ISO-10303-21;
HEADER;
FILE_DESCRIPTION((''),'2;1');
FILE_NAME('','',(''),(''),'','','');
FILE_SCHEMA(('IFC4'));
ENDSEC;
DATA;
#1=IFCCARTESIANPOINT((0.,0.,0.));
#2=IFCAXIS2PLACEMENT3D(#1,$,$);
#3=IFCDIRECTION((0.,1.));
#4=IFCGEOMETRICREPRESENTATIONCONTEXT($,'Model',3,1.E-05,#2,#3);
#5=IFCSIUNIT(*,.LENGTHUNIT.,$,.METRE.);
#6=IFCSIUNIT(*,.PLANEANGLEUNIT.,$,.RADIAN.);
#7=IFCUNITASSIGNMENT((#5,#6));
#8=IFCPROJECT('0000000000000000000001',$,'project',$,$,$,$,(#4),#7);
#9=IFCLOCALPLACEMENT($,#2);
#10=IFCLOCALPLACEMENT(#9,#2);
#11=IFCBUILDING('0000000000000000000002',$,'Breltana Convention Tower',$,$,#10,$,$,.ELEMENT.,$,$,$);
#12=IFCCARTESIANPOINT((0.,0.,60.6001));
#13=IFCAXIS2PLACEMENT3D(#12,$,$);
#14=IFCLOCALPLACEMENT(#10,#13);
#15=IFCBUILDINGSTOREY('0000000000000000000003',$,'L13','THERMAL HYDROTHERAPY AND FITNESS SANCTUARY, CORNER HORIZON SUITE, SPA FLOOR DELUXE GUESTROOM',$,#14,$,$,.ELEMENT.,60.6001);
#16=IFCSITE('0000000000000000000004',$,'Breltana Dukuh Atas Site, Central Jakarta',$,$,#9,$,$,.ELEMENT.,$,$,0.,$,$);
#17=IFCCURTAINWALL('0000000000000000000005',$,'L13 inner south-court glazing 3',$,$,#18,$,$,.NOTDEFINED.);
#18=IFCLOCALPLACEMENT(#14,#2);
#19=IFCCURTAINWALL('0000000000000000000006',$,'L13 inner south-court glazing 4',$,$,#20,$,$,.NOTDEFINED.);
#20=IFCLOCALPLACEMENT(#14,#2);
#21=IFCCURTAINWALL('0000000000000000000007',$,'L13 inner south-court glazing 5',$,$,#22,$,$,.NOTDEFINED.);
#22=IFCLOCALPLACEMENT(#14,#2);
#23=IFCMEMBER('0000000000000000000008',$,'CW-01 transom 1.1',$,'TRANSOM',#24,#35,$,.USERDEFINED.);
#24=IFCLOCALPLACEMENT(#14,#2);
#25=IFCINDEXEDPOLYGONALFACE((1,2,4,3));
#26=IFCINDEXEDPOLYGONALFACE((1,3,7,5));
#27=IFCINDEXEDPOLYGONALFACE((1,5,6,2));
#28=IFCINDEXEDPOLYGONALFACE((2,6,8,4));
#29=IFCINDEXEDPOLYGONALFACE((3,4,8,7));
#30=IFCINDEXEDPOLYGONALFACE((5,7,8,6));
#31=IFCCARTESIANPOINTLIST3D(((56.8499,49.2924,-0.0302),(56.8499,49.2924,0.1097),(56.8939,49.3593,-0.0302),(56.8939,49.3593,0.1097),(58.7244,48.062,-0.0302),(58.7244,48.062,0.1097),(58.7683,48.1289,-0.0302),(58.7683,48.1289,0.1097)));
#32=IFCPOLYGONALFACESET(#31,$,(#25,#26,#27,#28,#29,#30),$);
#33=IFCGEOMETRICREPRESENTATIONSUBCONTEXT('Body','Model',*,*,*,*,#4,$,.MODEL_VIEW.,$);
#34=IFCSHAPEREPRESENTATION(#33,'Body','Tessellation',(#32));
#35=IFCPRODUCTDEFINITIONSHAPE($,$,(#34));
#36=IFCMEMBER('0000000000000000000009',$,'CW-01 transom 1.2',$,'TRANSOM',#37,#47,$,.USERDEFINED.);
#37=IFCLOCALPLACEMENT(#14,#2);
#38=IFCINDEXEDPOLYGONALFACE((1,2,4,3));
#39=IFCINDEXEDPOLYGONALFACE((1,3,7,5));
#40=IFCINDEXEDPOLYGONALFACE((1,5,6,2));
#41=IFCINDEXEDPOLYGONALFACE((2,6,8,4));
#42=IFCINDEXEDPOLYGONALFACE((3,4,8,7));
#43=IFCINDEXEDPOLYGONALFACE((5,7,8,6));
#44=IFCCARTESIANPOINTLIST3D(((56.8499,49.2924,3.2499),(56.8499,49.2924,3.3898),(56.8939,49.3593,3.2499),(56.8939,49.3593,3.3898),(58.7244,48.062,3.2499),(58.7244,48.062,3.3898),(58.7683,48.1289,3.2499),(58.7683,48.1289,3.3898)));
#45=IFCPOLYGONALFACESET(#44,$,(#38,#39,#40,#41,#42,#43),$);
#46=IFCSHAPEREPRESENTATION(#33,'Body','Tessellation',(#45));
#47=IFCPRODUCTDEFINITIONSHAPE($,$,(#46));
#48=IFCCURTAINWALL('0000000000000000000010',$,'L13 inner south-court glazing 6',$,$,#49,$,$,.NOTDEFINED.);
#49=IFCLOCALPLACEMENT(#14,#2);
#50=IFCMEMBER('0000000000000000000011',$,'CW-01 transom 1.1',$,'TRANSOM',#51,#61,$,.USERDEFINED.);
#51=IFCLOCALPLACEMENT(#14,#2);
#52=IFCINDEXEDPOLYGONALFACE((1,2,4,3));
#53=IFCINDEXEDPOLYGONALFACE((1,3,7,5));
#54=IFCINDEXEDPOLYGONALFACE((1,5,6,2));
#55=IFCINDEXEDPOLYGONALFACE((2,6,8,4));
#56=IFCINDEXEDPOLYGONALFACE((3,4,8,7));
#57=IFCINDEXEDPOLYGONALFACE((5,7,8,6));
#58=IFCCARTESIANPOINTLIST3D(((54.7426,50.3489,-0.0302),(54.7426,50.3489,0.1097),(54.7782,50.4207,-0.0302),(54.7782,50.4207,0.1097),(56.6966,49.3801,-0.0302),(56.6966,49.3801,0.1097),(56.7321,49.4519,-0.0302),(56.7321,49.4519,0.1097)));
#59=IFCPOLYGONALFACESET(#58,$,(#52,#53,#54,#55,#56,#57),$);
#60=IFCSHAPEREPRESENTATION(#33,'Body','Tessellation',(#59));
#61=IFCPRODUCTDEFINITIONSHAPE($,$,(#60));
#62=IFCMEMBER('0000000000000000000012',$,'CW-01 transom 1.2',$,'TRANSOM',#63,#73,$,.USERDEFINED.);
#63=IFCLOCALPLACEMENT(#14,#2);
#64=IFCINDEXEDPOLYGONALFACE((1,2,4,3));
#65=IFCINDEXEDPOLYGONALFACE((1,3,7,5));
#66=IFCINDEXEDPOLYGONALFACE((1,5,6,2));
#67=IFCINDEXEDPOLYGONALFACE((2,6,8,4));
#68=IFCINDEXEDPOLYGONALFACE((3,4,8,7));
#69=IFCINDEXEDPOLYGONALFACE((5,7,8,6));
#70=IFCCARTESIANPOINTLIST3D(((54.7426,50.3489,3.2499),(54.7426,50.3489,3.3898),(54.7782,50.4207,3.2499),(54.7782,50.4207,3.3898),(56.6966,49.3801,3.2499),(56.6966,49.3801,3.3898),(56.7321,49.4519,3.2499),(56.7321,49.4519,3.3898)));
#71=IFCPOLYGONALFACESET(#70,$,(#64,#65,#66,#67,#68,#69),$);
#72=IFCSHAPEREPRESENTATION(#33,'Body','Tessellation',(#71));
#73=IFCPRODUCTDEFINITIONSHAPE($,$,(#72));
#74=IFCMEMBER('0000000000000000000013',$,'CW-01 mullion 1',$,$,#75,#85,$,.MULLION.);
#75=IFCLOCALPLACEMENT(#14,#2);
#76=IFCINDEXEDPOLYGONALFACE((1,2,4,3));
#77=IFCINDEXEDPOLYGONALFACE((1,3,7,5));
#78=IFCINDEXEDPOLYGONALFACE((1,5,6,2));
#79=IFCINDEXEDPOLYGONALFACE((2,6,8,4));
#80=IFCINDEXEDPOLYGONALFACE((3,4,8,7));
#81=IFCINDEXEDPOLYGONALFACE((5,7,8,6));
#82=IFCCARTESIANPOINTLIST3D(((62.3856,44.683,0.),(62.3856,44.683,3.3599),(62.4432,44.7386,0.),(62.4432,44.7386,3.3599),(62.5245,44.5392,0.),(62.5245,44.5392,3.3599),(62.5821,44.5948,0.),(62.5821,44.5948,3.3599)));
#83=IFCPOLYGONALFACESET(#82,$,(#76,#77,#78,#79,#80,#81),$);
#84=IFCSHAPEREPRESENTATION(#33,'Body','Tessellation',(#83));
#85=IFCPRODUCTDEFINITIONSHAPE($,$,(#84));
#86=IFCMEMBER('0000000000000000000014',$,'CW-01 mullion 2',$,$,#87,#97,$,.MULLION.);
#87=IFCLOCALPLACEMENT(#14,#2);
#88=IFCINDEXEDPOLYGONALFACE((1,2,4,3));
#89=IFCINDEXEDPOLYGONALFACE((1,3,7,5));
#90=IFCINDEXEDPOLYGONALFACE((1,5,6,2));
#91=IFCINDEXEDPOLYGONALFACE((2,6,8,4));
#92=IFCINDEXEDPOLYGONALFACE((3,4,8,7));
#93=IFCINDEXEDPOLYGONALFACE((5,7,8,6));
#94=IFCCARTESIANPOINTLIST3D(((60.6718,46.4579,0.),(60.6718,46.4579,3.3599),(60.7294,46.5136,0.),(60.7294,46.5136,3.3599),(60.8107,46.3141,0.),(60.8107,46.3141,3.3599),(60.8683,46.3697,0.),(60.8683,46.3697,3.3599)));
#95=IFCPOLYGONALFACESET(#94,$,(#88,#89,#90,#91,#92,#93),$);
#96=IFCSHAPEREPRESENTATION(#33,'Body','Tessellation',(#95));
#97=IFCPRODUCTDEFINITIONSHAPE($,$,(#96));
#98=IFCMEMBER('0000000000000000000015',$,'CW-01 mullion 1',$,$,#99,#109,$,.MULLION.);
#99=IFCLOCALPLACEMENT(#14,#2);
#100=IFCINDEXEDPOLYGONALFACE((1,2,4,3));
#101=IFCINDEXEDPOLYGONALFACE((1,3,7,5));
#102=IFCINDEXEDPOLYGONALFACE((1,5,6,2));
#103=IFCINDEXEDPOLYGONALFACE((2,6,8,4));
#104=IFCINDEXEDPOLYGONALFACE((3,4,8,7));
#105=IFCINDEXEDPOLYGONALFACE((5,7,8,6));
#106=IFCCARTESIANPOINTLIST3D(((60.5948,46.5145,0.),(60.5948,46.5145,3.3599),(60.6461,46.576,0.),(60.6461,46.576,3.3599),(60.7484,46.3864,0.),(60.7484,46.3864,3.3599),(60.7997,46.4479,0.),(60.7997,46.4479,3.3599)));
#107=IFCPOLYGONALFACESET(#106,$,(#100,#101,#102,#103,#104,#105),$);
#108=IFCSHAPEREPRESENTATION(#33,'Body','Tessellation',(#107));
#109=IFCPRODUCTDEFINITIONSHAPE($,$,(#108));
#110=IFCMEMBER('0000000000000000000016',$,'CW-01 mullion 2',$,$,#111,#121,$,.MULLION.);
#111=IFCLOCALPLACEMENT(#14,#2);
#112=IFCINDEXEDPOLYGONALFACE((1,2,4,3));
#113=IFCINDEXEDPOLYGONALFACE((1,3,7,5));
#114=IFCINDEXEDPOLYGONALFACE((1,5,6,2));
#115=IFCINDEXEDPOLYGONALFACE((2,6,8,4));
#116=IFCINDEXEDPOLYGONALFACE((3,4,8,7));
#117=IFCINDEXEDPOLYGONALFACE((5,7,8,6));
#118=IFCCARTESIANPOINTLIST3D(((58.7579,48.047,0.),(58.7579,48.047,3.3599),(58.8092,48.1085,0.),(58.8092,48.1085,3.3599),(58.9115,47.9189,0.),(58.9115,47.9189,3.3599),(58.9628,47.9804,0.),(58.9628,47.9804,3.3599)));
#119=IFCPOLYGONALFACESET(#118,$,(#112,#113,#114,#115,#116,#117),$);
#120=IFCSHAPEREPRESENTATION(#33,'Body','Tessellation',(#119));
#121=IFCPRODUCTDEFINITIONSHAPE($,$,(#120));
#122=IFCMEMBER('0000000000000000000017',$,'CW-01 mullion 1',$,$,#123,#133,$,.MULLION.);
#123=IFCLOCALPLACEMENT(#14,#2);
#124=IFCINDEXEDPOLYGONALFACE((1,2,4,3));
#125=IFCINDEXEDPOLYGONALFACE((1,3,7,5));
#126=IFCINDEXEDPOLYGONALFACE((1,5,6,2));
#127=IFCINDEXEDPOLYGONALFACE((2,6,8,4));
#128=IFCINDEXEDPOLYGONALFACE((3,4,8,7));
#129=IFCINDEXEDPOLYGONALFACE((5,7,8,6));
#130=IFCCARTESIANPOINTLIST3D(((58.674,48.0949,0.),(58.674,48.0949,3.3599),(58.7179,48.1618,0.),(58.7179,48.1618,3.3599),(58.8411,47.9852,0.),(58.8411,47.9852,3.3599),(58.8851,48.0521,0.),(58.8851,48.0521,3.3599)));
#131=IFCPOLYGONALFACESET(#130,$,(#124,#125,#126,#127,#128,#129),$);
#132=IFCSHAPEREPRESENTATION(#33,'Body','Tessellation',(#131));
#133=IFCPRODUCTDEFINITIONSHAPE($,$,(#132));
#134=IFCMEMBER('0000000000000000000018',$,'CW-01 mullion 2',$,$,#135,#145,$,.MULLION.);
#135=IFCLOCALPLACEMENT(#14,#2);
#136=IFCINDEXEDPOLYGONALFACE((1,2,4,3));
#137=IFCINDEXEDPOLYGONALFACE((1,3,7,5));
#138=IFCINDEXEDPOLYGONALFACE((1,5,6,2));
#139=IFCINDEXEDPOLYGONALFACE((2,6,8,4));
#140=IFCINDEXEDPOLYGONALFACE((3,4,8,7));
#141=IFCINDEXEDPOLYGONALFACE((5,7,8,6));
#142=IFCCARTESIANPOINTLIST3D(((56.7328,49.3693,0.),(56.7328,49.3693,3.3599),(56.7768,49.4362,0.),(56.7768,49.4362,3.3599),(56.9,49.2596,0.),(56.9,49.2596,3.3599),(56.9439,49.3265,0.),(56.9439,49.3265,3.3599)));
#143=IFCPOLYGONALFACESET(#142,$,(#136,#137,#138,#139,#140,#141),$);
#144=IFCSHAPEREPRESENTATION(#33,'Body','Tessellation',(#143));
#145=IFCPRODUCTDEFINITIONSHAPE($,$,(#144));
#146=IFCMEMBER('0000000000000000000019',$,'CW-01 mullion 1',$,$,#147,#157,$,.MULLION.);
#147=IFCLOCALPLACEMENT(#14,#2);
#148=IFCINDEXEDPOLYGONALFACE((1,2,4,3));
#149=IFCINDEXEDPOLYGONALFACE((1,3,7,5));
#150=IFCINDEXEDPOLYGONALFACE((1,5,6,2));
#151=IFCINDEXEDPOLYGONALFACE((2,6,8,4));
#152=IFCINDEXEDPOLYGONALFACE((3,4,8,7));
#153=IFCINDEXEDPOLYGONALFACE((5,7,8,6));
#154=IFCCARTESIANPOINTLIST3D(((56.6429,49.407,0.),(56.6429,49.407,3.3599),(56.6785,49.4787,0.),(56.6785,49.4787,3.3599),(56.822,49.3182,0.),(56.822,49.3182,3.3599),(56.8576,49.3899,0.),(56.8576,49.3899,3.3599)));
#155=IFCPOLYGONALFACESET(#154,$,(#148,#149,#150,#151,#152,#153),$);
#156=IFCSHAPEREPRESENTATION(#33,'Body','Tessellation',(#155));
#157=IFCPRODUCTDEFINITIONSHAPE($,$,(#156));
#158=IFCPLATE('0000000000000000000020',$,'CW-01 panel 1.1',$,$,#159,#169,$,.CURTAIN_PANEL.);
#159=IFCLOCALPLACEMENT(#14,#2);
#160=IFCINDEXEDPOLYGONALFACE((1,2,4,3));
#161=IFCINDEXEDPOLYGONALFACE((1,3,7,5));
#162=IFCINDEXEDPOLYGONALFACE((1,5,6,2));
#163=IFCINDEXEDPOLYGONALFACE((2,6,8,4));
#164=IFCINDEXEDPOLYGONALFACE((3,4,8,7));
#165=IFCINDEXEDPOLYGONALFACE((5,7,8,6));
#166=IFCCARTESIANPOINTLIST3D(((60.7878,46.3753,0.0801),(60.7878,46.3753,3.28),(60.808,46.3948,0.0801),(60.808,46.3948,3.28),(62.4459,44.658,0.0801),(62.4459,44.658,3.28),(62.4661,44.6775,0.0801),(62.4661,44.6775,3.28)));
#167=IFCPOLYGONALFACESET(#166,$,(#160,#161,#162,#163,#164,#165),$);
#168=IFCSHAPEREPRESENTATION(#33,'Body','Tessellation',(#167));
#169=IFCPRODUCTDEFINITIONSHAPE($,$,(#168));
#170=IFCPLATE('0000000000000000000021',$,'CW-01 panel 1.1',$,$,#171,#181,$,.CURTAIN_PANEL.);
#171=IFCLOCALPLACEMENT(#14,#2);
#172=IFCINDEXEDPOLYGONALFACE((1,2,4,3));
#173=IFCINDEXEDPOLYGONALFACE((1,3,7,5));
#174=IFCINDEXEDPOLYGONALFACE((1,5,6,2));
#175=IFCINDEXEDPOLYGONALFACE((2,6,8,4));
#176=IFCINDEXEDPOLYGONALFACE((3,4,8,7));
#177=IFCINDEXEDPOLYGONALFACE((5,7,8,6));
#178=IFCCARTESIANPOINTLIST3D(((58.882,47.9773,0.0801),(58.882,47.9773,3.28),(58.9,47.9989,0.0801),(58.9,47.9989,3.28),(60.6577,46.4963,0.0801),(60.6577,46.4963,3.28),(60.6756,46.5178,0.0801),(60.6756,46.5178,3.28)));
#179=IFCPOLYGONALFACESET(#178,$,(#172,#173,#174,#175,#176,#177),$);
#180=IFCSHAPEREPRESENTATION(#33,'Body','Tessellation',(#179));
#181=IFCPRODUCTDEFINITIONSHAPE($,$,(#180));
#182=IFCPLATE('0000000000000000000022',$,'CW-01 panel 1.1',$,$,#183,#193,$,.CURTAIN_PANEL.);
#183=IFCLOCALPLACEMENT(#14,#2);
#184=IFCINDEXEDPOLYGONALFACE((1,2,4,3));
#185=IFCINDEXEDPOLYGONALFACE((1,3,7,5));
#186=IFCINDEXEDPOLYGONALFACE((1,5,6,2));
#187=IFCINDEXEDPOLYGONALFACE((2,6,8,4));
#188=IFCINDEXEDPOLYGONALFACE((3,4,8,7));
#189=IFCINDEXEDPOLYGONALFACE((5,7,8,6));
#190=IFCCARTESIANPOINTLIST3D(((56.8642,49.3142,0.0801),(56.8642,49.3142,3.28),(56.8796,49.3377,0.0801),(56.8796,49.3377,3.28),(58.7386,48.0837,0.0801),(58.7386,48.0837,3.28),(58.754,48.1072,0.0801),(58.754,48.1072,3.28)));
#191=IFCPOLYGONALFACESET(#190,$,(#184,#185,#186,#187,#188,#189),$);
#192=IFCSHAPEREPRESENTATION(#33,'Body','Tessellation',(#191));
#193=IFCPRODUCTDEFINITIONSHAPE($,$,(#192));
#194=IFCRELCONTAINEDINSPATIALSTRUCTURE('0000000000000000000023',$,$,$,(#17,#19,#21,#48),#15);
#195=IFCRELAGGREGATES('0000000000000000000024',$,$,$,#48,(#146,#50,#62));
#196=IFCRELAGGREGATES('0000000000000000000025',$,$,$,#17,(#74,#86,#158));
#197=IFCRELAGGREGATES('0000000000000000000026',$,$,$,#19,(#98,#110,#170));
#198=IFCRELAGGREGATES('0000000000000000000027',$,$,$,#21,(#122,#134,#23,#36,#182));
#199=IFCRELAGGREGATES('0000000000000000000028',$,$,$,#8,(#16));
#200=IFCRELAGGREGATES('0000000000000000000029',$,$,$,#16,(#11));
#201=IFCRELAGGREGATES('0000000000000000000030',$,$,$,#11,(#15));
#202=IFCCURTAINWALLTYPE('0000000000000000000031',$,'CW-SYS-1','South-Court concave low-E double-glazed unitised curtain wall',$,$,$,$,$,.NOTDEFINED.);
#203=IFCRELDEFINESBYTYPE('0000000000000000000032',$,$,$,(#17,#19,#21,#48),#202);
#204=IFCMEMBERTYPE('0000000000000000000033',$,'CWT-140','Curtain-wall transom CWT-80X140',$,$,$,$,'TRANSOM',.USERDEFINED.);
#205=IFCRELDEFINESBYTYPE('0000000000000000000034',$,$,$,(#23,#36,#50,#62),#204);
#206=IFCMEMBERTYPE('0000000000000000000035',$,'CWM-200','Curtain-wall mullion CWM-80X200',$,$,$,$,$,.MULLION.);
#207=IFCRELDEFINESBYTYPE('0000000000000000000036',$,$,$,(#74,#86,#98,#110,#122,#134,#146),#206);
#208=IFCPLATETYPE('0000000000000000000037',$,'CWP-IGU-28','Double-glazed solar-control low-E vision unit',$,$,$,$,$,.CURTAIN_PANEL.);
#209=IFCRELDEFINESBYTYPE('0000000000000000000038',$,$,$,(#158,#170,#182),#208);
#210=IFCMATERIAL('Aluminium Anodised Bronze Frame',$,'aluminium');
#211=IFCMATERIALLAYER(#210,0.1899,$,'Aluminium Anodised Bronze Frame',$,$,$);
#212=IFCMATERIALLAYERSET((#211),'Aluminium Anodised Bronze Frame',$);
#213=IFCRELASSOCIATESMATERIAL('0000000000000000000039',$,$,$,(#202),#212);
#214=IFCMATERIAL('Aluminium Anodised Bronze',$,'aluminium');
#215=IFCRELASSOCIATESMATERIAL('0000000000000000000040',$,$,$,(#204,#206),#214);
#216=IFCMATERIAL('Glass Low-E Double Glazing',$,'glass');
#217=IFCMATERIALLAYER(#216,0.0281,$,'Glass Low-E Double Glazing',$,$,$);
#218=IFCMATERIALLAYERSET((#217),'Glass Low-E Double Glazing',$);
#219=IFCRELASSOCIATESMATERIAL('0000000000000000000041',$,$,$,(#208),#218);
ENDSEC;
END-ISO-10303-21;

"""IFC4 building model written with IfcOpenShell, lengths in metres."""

from ifc_helpers import new_model, si_unit, direction, frame, origin, origin_2d, place, context, subcontext, project, spatial, rectangle, extrude, source, transform, mapped, material, layer, layer_set, material_profile, profile_set, type_object, element, aggregate, save


model = new_model("IFC4")

# Units and contexts
model_context = context("Model", 3, precision=1e-05, world=origin(), true_north=direction((0.0, 1.0)))
body_context = subcontext(model_context, "Body", "Model", "MODEL_VIEW")
ifc_project = project(units=[si_unit("LENGTHUNIT", "METRE"), si_unit("PLANEANGLEUNIT", "RADIAN")], contexts=[model_context])

# Site, building, storey
site_placement = place(None, origin())
site = spatial("IfcSite", under=ifc_project, at=site_placement, Name="Breltana Dukuh Atas Site, Central Jakarta", CompositionType="ELEMENT", RefElevation=0.0)
building_placement = place(site_placement, origin())
building = spatial("IfcBuilding", under=site, at=building_placement, Name="Breltana Convention Tower", CompositionType="ELEMENT")
storey_placement = place(building_placement, frame((0.0, 0.0, 60.6001)))
storey = spatial("IfcBuildingStorey", under=building, at=storey_placement, Name="L13", Description="THERMAL HYDROTHERAPY AND FITNESS SANCTUARY, CORNER HORIZON SUITE, SPA FLOOR DELUXE GUESTROOM", CompositionType="ELEMENT", Elevation=60.6001)

# Curtain walls, members
ifc_material_1 = material(Name="Aluminium Anodised Bronze Frame", Category="aluminium")
ifc_layer_1 = layer(ifc_material_1, 0.1899, Name="Aluminium Anodised Bronze Frame")
ifc_layer_set_1 = layer_set([ifc_layer_1], Name="Aluminium Anodised Bronze Frame")
curtain_wall_type = type_object("IfcCurtainWallType", Name="CW-SYS-1", Description="South-Court concave low-E double-glazed unitised curtain wall", PredefinedType="NOTDEFINED", material=ifc_layer_set_1)
curtain_wall_1_placement = place(storey_placement, origin())
curtain_wall_1 = element("IfcCurtainWall", 1, at=curtain_wall_1_placement, inside=storey, type_object=curtain_wall_type, Name="L13 inner south-court glazing 3", PredefinedType="NOTDEFINED")
ifc_material_2 = material(Name="Aluminium Anodised Bronze", Category="aluminium")
ifc_material_profile_1 = material_profile(ifc_material_2, rectangle(XDim=0.0801, YDim=0.1399, at=origin_2d()), Name="CWT-80X140")
ifc_profile_set_1 = profile_set([ifc_material_profile_1], Name="Aluminium Anodised Bronze")
member_type_1 = type_object("IfcMemberType", Name="CWT-140", Description="Curtain-wall transom CWT-80X140", ElementType="TRANSOM", PredefinedType="USERDEFINED", material=ifc_profile_set_1)
curtain_wall_2_placement = place(storey_placement, origin())
curtain_wall_2 = element("IfcCurtainWall", 2, at=curtain_wall_2_placement, inside=storey, type_object=curtain_wall_type, Name="L13 inner south-court glazing 4", PredefinedType="NOTDEFINED")
curtain_wall_3_placement = place(storey_placement, origin())
curtain_wall_3 = element("IfcCurtainWall", 3, at=curtain_wall_3_placement, inside=storey, type_object=curtain_wall_type, Name="L13 inner south-court glazing 5", PredefinedType="NOTDEFINED")
shared_shape_1 = source(origin(), body_context, "Body", "SweptSolid", [
    extrude(rectangle(XDim=0.0801, YDim=0.1399, at=origin_2d()), origin(), (0.0, 0.0, 1.0), 2.2422),
])
member_1_placement = place(storey_placement, frame((58.7463, 48.0955, 0.0398), z_axis=(-0.835982, 0.548756, 0.0), x_axis=(-0.548756, -0.835982, 0.0)))
member_1 = element("IfcMember", 4, at=member_1_placement, type_object=member_type_1, Name="CW-01 transom 1.1", ObjectType="TRANSOM", PredefinedType="USERDEFINED", context=body_context, shape_type="MappedRepresentation", body=[
    mapped(shared_shape_1, transform((0.0, 0.0, 0.0), scale=1.0)),
])
member_2_placement = place(storey_placement, frame((58.7463, 48.0955, 3.3198), z_axis=(-0.835982, 0.548756, 0.0), x_axis=(-0.548756, -0.835982, 0.0)))
member_2 = element("IfcMember", 5, at=member_2_placement, type_object=member_type_1, Name="CW-01 transom 1.2", ObjectType="TRANSOM", PredefinedType="USERDEFINED", context=body_context, shape_type="MappedRepresentation", body=[
    mapped(shared_shape_1, transform((0.0, 0.0, 0.0), scale=1.0)),
])
curtain_wall_4_placement = place(storey_placement, origin())
curtain_wall_4 = element("IfcCurtainWall", 6, at=curtain_wall_4_placement, inside=storey, type_object=curtain_wall_type, Name="L13 inner south-court glazing 6", PredefinedType="NOTDEFINED")
shared_shape_2 = source(origin(), body_context, "Body", "SweptSolid", [
    extrude(rectangle(XDim=0.0801, YDim=0.1399, at=origin_2d()), origin(), (0.0, 0.0, 1.0), 2.1809),
])
member_3_placement = place(storey_placement, frame((56.7144, 49.416, 0.0398), z_axis=(-0.895922, 0.444211, 0.0), x_axis=(-0.444211, -0.895922, 0.0)))
member_3 = element("IfcMember", 7, at=member_3_placement, type_object=member_type_1, Name="CW-01 transom 1.1", ObjectType="TRANSOM", PredefinedType="USERDEFINED", context=body_context, shape_type="MappedRepresentation", body=[
    mapped(shared_shape_2, transform((0.0, 0.0, 0.0), scale=1.0)),
])
member_4_placement = place(storey_placement, frame((56.7144, 49.416, 3.3198), z_axis=(-0.895922, 0.444211, 0.0), x_axis=(-0.444211, -0.895922, 0.0)))
member_4 = element("IfcMember", 8, at=member_4_placement, type_object=member_type_1, Name="CW-01 transom 1.2", ObjectType="TRANSOM", PredefinedType="USERDEFINED", context=body_context, shape_type="MappedRepresentation", body=[
    mapped(shared_shape_2, transform((0.0, 0.0, 0.0), scale=1.0)),
])

# Members
ifc_material_profile_2 = material_profile(ifc_material_2, rectangle(XDim=0.0801, YDim=0.2, at=origin_2d()), Name="CWM-80X200")
ifc_profile_set_2 = profile_set([ifc_material_profile_2], Name="Aluminium Anodised Bronze")
member_type_2 = type_object("IfcMemberType", Name="CWM-200", Description="Curtain-wall mullion CWM-80X200", PredefinedType="MULLION", material=ifc_profile_set_2)
shared_shape_3 = source(origin(), body_context, "Body", "SweptSolid", [
    extrude(rectangle(XDim=0.0801, YDim=0.2, at=origin_2d()), origin(), (0.0, 0.0, 1.0), 3.3599),
])
member_5_placement = place(storey_placement, frame((62.4839, 44.6389, 0.0), z_axis=(0.0, 0.0, 1.0), x_axis=(-0.719385, -0.694612, 0.0)))
member_5 = element("IfcMember", 9, at=member_5_placement, type_object=member_type_2, Name="CW-01 mullion 1", PredefinedType="MULLION", context=body_context, shape_type="MappedRepresentation", body=[
    mapped(shared_shape_3, transform((0.0, 0.0, 0.0), scale=1.0)),
])
member_6_placement = place(storey_placement, frame((60.77, 46.4138, 0.0), z_axis=(0.0, 0.0, 1.0), x_axis=(-0.719385, -0.694612, 0.0)))
member_6 = element("IfcMember", 10, at=member_6_placement, type_object=member_type_2, Name="CW-01 mullion 2", PredefinedType="MULLION", context=body_context, shape_type="MappedRepresentation", body=[
    mapped(shared_shape_3, transform((0.0, 0.0, 0.0), scale=1.0)),
])
member_7_placement = place(storey_placement, frame((60.6973, 46.4812, 0.0), z_axis=(0.0, 0.0, 1.0), x_axis=(-0.640523, -0.767939, 0.0)))
member_7 = element("IfcMember", 11, at=member_7_placement, type_object=member_type_2, Name="CW-01 mullion 1", PredefinedType="MULLION", context=body_context, shape_type="MappedRepresentation", body=[
    mapped(shared_shape_3, transform((0.0, 0.0, 0.0), scale=1.0)),
])
member_8_placement = place(storey_placement, frame((58.8604, 48.0137, 0.0), z_axis=(0.0, 0.0, 1.0), x_axis=(-0.640523, -0.767939, 0.0)))
member_8 = element("IfcMember", 12, at=member_8_placement, type_object=member_type_2, Name="CW-01 mullion 2", PredefinedType="MULLION", context=body_context, shape_type="MappedRepresentation", body=[
    mapped(shared_shape_3, transform((0.0, 0.0, 0.0), scale=1.0)),
])
member_9_placement = place(storey_placement, frame((58.7795, 48.0735, 0.0), z_axis=(0.0, 0.0, 1.0), x_axis=(-0.548778, -0.835968, 0.0)))
member_9 = element("IfcMember", 13, at=member_9_placement, type_object=member_type_2, Name="CW-01 mullion 1", PredefinedType="MULLION", context=body_context, shape_type="MappedRepresentation", body=[
    mapped(shared_shape_3, transform((0.0, 0.0, 0.0), scale=1.0)),
])
member_10_placement = place(storey_placement, frame((56.8384, 49.3479, 0.0), z_axis=(0.0, 0.0, 1.0), x_axis=(-0.548778, -0.835968, 0.0)))
member_10 = element("IfcMember", 14, at=member_10_placement, type_object=member_type_2, Name="CW-01 mullion 2", PredefinedType="MULLION", context=body_context, shape_type="MappedRepresentation", body=[
    mapped(shared_shape_3, transform((0.0, 0.0, 0.0), scale=1.0)),
])
member_11_placement = place(storey_placement, frame((56.7502, 49.3984, 0.0), z_axis=(0.0, 0.0, 1.0), x_axis=(-0.444118, -0.895968, 0.0)))
member_11 = element("IfcMember", 15, at=member_11_placement, type_object=member_type_2, Name="CW-01 mullion 1", PredefinedType="MULLION", context=body_context, shape_type="MappedRepresentation", body=[
    mapped(shared_shape_3, transform((0.0, 0.0, 0.0), scale=1.0)),
])
aggregate(curtain_wall_4, [member_11, member_3, member_4])

# Plates
ifc_material_3 = material(Name="Glass Low-E Double Glazing", Category="glass")
ifc_layer_2 = layer(ifc_material_3, 0.0281, Name="Glass Low-E Double Glazing")
ifc_layer_set_2 = layer_set([ifc_layer_2], Name="Glass Low-E Double Glazing")
plate_type = type_object("IfcPlateType", Name="CWP-IGU-28", Description="Double-glazed solar-control low-E vision unit", PredefinedType="CURTAIN_PANEL", material=ifc_layer_set_2)
shared_shape_4 = source(origin(), body_context, "Body", "SweptSolid", [
    extrude(rectangle(XDim=2.3872, YDim=0.0281, at=origin_2d()), origin(), (0.0, 0.0, 1.0), 3.2),
])
plate_1_placement = place(storey_placement, frame((61.627, 45.5264, 0.0801), z_axis=(0.0, 0.0, 1.0), x_axis=(-0.694612, 0.719385, 0.0)))
plate_1 = element("IfcPlate", 16, at=plate_1_placement, type_object=plate_type, Name="CW-01 panel 1.1", PredefinedType="CURTAIN_PANEL", context=body_context, shape_type="MappedRepresentation", body=[
    mapped(shared_shape_4, transform((0.0, 0.0, 0.0), scale=1.0)),
])
aggregate(curtain_wall_1, [member_5, member_6, plate_1])
shared_shape_5 = source(origin(), body_context, "Body", "SweptSolid", [
    extrude(rectangle(XDim=2.3123, YDim=0.0281, at=origin_2d()), origin(), (0.0, 0.0, 1.0), 3.2),
])
plate_2_placement = place(storey_placement, frame((59.7788, 47.2476, 0.0801), z_axis=(0.0, 0.0, 1.0), x_axis=(-0.767939, 0.640523, 0.0)))
plate_2 = element("IfcPlate", 17, at=plate_2_placement, type_object=plate_type, Name="CW-01 panel 1.1", PredefinedType="CURTAIN_PANEL", context=body_context, shape_type="MappedRepresentation", body=[
    mapped(shared_shape_5, transform((0.0, 0.0, 0.0), scale=1.0)),
])
aggregate(curtain_wall_2, [member_7, member_8, plate_2])
shared_shape_6 = source(origin(), body_context, "Body", "SweptSolid", [
    extrude(rectangle(XDim=2.2422, YDim=0.0281, at=origin_2d()), origin(), (0.0, 0.0, 1.0), 3.2),
])
plate_3_placement = place(storey_placement, frame((57.8091, 48.7107, 0.0801), z_axis=(0.0, 0.0, 1.0), x_axis=(-0.835968, 0.548778, 0.0)))
plate_3 = element("IfcPlate", 18, at=plate_3_placement, type_object=plate_type, Name="CW-01 panel 1.1", PredefinedType="CURTAIN_PANEL", context=body_context, shape_type="MappedRepresentation", body=[
    mapped(shared_shape_6, transform((0.0, 0.0, 0.0), scale=1.0)),
])
aggregate(curtain_wall_3, [member_9, member_10, member_1, member_2, plate_3])

save(model, "model.ifc")
